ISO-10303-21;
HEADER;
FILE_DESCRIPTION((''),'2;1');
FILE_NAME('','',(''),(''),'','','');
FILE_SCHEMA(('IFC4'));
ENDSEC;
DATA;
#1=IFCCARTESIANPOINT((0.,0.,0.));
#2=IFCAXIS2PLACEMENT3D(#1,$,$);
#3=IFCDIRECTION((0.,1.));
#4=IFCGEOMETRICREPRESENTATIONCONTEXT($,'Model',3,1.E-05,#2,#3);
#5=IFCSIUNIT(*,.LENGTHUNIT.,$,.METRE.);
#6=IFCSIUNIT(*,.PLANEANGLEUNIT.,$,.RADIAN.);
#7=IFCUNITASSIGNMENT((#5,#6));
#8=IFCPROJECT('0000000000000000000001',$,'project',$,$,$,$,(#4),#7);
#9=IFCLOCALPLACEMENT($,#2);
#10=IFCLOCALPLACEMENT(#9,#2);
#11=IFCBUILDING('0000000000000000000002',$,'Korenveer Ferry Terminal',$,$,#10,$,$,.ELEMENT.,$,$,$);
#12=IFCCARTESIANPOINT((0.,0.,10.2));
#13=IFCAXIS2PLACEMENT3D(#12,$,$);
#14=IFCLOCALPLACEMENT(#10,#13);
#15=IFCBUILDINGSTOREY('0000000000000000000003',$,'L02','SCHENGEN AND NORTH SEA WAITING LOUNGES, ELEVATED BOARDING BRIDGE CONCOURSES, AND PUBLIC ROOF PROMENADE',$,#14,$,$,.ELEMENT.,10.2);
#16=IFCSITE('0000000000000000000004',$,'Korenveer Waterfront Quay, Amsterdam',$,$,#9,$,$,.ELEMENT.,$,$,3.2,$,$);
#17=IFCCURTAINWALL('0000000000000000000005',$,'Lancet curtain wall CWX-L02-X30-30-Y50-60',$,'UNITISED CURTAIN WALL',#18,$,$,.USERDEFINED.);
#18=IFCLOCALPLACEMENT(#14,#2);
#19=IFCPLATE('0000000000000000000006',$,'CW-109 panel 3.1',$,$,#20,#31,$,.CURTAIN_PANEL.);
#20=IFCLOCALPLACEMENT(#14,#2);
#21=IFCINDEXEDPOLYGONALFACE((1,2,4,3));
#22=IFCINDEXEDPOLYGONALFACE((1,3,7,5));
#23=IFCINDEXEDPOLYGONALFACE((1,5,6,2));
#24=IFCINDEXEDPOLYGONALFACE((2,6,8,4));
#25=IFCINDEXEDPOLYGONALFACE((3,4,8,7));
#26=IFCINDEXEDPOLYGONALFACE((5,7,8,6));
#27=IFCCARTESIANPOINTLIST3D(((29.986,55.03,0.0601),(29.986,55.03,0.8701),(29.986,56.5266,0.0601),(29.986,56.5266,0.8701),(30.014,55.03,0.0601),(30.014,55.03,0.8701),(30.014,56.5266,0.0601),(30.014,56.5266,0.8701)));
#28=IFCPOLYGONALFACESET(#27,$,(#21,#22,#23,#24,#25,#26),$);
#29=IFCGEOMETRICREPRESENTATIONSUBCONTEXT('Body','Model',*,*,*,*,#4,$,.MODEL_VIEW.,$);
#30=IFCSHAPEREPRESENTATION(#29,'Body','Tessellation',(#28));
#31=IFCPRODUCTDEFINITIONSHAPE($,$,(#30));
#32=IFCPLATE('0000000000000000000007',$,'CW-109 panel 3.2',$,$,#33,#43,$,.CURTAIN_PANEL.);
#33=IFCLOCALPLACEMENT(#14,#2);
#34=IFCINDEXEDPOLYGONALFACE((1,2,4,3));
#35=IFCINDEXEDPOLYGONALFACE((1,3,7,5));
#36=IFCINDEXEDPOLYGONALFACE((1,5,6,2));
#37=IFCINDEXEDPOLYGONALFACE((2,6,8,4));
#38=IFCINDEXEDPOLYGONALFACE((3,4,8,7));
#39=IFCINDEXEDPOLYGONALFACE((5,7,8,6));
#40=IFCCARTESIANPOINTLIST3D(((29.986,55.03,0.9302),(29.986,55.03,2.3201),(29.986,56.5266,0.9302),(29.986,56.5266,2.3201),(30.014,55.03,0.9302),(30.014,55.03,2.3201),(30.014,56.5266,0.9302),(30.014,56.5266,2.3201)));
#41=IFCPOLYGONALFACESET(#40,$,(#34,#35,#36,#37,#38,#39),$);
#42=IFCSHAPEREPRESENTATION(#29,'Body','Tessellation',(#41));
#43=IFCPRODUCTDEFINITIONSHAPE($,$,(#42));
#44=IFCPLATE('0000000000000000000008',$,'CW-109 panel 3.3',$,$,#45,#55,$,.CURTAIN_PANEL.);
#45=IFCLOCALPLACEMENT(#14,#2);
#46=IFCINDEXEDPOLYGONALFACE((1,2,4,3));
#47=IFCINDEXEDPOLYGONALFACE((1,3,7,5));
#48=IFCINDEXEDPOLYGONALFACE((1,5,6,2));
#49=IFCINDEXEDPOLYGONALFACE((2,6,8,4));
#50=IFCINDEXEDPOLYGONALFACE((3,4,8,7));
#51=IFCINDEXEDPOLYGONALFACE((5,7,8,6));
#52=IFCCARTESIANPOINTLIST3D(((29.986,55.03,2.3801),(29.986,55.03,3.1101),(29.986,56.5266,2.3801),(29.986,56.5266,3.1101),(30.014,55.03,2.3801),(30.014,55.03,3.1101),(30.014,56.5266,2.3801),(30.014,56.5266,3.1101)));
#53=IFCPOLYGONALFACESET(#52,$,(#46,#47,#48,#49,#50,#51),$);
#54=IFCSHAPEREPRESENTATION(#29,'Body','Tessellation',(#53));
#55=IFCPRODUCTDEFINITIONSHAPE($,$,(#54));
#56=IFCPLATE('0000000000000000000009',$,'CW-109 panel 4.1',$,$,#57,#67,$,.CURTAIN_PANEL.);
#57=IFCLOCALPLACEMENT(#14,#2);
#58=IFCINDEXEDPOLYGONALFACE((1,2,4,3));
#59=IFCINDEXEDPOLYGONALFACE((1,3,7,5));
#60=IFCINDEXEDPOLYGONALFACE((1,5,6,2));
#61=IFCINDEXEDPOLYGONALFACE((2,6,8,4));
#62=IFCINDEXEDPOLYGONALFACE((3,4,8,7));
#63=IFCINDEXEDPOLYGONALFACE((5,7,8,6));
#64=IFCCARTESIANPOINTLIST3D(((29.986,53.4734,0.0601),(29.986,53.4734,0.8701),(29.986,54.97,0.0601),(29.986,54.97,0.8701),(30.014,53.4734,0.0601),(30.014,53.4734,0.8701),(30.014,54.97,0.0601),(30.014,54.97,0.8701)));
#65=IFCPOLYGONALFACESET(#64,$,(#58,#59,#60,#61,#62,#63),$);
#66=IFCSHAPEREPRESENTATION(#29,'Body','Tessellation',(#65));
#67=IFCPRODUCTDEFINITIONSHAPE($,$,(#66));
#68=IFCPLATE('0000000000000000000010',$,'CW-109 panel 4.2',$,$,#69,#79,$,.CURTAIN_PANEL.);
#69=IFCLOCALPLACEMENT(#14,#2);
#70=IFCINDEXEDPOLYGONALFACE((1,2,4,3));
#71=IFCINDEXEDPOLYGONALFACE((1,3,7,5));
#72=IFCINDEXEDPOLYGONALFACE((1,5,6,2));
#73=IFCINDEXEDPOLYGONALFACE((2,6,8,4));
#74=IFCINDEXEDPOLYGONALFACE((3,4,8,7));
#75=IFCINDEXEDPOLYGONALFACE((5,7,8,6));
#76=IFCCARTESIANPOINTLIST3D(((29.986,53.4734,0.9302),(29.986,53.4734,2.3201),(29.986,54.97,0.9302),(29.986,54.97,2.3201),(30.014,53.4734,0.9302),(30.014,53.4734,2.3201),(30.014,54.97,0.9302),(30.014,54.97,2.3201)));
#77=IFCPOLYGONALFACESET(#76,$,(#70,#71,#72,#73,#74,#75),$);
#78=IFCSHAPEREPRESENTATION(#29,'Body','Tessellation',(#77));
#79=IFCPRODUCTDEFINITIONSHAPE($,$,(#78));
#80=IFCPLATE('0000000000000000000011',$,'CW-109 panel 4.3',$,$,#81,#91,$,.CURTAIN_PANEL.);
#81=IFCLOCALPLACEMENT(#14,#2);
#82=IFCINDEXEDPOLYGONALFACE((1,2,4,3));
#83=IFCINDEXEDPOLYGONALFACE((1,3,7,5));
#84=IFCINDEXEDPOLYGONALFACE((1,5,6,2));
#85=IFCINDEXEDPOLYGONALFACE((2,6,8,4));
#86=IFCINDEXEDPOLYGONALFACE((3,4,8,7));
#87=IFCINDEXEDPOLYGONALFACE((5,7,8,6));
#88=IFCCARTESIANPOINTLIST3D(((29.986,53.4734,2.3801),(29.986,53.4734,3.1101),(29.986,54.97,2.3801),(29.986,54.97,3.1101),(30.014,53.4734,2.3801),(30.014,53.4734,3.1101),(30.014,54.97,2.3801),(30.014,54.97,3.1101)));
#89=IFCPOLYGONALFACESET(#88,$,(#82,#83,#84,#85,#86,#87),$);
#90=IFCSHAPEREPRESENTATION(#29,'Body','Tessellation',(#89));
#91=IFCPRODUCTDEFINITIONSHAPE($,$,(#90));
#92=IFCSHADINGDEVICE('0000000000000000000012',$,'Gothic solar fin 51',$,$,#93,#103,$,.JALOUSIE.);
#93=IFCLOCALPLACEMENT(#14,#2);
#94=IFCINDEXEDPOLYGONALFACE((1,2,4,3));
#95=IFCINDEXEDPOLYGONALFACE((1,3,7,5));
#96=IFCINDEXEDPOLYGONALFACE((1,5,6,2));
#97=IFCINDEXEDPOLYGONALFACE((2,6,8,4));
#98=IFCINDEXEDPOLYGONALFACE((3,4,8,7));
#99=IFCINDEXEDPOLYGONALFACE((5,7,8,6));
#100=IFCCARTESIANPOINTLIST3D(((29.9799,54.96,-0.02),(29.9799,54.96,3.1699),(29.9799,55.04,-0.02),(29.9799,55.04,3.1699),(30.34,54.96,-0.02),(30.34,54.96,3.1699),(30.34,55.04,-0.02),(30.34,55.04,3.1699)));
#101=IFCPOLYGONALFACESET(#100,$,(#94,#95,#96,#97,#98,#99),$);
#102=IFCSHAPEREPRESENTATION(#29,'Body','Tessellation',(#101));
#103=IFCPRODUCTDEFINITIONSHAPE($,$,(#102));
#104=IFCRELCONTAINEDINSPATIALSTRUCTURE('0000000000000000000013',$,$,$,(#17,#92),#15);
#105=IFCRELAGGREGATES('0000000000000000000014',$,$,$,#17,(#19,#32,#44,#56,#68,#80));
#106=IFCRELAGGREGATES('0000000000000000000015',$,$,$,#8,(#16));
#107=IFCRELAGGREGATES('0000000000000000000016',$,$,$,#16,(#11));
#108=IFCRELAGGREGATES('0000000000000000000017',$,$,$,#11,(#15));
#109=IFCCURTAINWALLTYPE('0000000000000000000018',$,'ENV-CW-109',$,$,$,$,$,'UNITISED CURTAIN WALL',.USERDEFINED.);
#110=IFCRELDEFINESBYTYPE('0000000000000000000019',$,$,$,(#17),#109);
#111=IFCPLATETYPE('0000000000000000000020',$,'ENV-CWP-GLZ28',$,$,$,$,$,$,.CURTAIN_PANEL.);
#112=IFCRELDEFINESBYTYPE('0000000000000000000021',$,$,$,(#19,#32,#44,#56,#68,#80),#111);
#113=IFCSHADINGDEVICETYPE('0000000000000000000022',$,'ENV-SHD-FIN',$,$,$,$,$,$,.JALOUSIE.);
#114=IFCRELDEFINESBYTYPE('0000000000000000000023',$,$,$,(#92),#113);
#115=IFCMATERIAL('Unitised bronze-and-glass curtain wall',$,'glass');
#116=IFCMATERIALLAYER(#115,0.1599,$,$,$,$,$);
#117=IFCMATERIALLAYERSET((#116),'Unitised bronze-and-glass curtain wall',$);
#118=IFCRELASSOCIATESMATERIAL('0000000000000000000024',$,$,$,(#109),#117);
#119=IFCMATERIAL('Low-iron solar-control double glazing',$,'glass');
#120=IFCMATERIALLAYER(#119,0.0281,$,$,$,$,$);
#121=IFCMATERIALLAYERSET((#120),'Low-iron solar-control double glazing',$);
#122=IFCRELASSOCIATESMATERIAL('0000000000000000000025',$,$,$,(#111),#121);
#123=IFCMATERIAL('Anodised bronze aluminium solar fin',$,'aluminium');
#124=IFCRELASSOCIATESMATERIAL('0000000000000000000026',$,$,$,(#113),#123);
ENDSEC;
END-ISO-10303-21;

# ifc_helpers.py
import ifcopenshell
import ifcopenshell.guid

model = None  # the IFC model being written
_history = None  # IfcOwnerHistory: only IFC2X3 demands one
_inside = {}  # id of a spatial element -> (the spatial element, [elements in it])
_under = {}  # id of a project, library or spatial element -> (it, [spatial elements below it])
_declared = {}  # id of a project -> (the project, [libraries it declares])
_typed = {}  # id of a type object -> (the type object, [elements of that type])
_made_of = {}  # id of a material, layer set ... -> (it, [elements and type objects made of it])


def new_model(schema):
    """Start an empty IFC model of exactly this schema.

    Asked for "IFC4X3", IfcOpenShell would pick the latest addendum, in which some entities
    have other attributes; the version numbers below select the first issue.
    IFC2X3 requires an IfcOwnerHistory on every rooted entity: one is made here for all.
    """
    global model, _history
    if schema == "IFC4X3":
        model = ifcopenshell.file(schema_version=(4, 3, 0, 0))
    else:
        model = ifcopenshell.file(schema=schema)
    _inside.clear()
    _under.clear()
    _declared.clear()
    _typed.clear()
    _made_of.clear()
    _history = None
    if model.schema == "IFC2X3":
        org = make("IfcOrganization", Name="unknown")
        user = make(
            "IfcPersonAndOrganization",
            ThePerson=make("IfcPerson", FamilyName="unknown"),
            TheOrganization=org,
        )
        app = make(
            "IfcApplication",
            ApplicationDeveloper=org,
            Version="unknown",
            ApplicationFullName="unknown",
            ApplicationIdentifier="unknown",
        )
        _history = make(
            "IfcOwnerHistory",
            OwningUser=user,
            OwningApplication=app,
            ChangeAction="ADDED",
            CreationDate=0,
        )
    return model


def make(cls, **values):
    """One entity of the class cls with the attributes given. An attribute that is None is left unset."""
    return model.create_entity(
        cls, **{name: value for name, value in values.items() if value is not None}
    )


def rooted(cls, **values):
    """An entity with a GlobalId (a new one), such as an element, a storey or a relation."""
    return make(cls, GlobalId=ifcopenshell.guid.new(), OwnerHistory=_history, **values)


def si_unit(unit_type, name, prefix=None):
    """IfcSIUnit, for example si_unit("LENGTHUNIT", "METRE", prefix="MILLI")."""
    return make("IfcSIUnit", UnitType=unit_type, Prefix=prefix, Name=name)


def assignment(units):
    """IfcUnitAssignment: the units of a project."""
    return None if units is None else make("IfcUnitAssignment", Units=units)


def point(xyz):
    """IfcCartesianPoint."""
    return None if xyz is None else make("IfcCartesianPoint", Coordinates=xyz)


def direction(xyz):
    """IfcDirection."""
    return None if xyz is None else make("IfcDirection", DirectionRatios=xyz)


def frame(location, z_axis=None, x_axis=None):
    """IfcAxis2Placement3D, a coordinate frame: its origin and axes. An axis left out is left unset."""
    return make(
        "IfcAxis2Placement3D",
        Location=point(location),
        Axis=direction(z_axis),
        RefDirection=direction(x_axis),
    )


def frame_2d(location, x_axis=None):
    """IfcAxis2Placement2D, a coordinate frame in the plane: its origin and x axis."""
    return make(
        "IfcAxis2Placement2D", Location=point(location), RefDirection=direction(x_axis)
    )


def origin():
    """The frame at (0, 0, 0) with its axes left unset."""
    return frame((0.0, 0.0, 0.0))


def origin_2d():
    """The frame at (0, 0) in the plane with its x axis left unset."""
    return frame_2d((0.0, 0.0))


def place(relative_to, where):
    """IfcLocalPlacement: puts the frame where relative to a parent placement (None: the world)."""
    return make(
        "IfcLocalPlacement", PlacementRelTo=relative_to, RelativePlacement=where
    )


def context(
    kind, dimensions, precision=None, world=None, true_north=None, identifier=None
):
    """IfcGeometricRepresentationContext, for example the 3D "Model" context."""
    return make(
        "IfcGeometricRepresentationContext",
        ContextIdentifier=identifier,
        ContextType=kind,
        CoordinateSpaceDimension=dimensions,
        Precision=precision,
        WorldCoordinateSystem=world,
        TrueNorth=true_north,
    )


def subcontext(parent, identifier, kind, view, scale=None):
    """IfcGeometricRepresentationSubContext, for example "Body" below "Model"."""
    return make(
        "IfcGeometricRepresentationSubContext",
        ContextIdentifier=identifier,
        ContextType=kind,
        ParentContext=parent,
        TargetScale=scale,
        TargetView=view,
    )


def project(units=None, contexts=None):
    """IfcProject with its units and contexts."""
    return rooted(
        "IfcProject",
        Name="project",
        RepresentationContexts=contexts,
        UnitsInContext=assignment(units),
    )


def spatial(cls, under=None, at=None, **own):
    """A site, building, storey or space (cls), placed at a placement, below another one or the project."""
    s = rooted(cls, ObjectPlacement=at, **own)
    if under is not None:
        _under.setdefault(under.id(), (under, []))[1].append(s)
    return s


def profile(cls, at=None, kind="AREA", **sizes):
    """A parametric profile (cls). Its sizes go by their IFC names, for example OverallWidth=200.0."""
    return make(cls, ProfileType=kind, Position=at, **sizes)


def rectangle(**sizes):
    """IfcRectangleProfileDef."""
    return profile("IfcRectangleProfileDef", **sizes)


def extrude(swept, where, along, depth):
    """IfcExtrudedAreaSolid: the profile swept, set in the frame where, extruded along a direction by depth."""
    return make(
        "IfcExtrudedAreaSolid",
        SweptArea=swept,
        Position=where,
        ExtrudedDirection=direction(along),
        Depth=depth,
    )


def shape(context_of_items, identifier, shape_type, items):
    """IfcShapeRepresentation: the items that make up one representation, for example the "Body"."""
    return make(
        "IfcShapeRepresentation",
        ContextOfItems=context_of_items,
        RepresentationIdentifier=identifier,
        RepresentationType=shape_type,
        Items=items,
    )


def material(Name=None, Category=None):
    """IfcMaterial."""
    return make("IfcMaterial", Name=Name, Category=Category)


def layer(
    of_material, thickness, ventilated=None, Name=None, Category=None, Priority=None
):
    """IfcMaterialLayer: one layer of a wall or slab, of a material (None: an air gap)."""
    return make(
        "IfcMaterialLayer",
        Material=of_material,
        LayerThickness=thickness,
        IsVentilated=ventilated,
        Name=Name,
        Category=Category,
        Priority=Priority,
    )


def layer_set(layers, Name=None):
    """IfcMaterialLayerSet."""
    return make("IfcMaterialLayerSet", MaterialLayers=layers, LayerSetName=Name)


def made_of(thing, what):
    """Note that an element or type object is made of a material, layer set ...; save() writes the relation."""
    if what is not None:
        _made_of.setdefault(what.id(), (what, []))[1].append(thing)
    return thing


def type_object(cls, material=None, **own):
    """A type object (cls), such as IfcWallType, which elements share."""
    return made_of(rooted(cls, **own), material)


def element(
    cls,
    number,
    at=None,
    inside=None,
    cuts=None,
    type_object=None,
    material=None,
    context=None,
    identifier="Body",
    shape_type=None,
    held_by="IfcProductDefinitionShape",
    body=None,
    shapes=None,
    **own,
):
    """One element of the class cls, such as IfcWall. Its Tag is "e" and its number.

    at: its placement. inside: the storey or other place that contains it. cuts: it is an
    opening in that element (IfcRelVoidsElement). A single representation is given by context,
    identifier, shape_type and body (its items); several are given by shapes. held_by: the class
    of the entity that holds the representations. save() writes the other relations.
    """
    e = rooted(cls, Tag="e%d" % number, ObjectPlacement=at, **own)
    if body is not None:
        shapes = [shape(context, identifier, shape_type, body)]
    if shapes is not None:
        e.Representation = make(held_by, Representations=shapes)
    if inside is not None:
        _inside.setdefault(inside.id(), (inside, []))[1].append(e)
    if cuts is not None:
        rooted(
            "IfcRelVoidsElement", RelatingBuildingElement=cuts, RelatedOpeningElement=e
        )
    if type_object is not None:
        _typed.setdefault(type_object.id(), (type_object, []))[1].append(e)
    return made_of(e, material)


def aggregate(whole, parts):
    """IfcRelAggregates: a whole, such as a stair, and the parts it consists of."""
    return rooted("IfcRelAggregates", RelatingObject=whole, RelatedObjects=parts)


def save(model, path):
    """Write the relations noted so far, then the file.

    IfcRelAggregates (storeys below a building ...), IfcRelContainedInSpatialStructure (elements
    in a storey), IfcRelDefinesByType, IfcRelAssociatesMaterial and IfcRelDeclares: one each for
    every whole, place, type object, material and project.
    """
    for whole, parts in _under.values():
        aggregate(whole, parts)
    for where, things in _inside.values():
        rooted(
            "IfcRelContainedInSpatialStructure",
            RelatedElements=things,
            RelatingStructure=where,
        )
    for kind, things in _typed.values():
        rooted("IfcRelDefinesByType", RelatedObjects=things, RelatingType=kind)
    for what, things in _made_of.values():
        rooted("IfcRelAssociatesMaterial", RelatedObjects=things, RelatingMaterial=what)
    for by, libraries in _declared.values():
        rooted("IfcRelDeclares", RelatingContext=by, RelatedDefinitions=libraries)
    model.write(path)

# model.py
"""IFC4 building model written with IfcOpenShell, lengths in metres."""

from ifc_helpers import new_model, si_unit, direction, frame, origin, origin_2d, place, context, subcontext, project, spatial, rectangle, extrude, material, layer, layer_set, type_object, element, aggregate, save


model = new_model("IFC4")

# Units and contexts
model_context = context("Model", 3, precision=1e-05, world=origin(), true_north=direction((0.0, 1.0)))
body_context = subcontext(model_context, "Body", "Model", "MODEL_VIEW")
ifc_project = project(units=[si_unit("LENGTHUNIT", "METRE"), si_unit("PLANEANGLEUNIT", "RADIAN")], contexts=[model_context])

# Site, building, storey
site_placement = place(None, origin())
site = spatial("IfcSite", under=ifc_project, at=site_placement, Name="Korenveer Waterfront Quay, Amsterdam", CompositionType="ELEMENT", RefElevation=3.2)
building_placement = place(site_placement, origin())
building = spatial("IfcBuilding", under=site, at=building_placement, Name="Korenveer Ferry Terminal", CompositionType="ELEMENT")
storey_placement = place(building_placement, frame((0.0, 0.0, 10.2)))
storey = spatial("IfcBuildingStorey", under=building, at=storey_placement, Name="L02", Description="SCHENGEN AND NORTH SEA WAITING LOUNGES, ELEVATED BOARDING BRIDGE CONCOURSES, AND PUBLIC ROOF PROMENADE", CompositionType="ELEMENT", Elevation=10.2)

# Curtain wall, plates
ifc_material_1 = material(Name="Unitised bronze-and-glass curtain wall", Category="glass")
ifc_layer_1 = layer(ifc_material_1, 0.1599)
ifc_layer_set_1 = layer_set([ifc_layer_1], Name="Unitised bronze-and-glass curtain wall")
curtain_wall_type = type_object("IfcCurtainWallType", Name="ENV-CW-109", ElementType="UNITISED CURTAIN WALL", PredefinedType="USERDEFINED", material=ifc_layer_set_1)
curtain_wall_placement = place(storey_placement, frame((30.0, 59.6699, 0.0)))
curtain_wall = element("IfcCurtainWall", 1, at=curtain_wall_placement, inside=storey, type_object=curtain_wall_type, Name="Lancet curtain wall CWX-L02-X30-30-Y50-60", ObjectType="UNITISED CURTAIN WALL", PredefinedType="USERDEFINED")
ifc_material_2 = material(Name="Low-iron solar-control double glazing", Category="glass")
ifc_layer_2 = layer(ifc_material_2, 0.0281)
ifc_layer_set_2 = layer_set([ifc_layer_2], Name="Low-iron solar-control double glazing")
plate_type = type_object("IfcPlateType", Name="ENV-CWP-GLZ28", PredefinedType="CURTAIN_PANEL", material=ifc_layer_set_2)
plate_1_placement = place(storey_placement, frame((30.0, 55.7783, 0.0601), z_axis=(0.0, 0.0, 1.0), x_axis=(0.0, -1.0, 0.0)))
plate_1 = element("IfcPlate", 2, at=plate_1_placement, type_object=plate_type, Name="CW-109 panel 3.1", PredefinedType="CURTAIN_PANEL", context=body_context, shape_type="SweptSolid", body=[
    extrude(rectangle(XDim=1.4966, YDim=0.0281, at=origin_2d()), origin(), (0.0, 0.0, 1.0), 0.8101),
])
plate_2_placement = place(storey_placement, frame((30.0, 55.7783, 0.9302), z_axis=(0.0, 0.0, 1.0), x_axis=(0.0, -1.0, 0.0)))
plate_2 = element("IfcPlate", 3, at=plate_2_placement, type_object=plate_type, Name="CW-109 panel 3.2", PredefinedType="CURTAIN_PANEL", context=body_context, shape_type="SweptSolid", body=[
    extrude(rectangle(XDim=1.4966, YDim=0.0281, at=origin_2d()), origin(), (0.0, 0.0, 1.0), 1.3899),
])
plate_3_placement = place(storey_placement, frame((30.0, 55.7783, 2.3801), z_axis=(0.0, 0.0, 1.0), x_axis=(0.0, -1.0, 0.0)))
plate_3 = element("IfcPlate", 4, at=plate_3_placement, type_object=plate_type, Name="CW-109 panel 3.3", PredefinedType="CURTAIN_PANEL", context=body_context, shape_type="SweptSolid", body=[
    extrude(rectangle(XDim=1.4966, YDim=0.0281, at=origin_2d()), origin(), (0.0, 0.0, 1.0), 0.73),
])
plate_4_placement = place(storey_placement, frame((30.0, 54.2217, 0.0601), z_axis=(0.0, 0.0, 1.0), x_axis=(0.0, -1.0, 0.0)))
plate_4 = element("IfcPlate", 5, at=plate_4_placement, type_object=plate_type, Name="CW-109 panel 4.1", PredefinedType="CURTAIN_PANEL", context=body_context, shape_type="SweptSolid", body=[
    extrude(rectangle(XDim=1.4966, YDim=0.0281, at=origin_2d()), origin(), (0.0, 0.0, 1.0), 0.8101),
])
plate_5_placement = place(storey_placement, frame((30.0, 54.2217, 0.9302), z_axis=(0.0, 0.0, 1.0), x_axis=(0.0, -1.0, 0.0)))
plate_5 = element("IfcPlate", 6, at=plate_5_placement, type_object=plate_type, Name="CW-109 panel 4.2", PredefinedType="CURTAIN_PANEL", context=body_context, shape_type="SweptSolid", body=[
    extrude(rectangle(XDim=1.4966, YDim=0.0281, at=origin_2d()), origin(), (0.0, 0.0, 1.0), 1.3899),
])
plate_6_placement = place(storey_placement, frame((30.0, 54.2217, 2.3801), z_axis=(0.0, 0.0, 1.0), x_axis=(0.0, -1.0, 0.0)))
plate_6 = element("IfcPlate", 7, at=plate_6_placement, type_object=plate_type, Name="CW-109 panel 4.3", PredefinedType="CURTAIN_PANEL", context=body_context, shape_type="SweptSolid", body=[
    extrude(rectangle(XDim=1.4966, YDim=0.0281, at=origin_2d()), origin(), (0.0, 0.0, 1.0), 0.73),
])
aggregate(curtain_wall, [plate_1, plate_2, plate_3, plate_4, plate_5, plate_6])

# Shading device
ifc_material_3 = material(Name="Anodised bronze aluminium solar fin", Category="aluminium")
shading_device_type = type_object("IfcShadingDeviceType", Name="ENV-SHD-FIN", PredefinedType="JALOUSIE", material=ifc_material_3)
shading_device_placement = place(storey_placement, frame((30.1599, 55.0, -0.02), z_axis=(0.0, 0.0, 1.0), x_axis=(1.0, 0.0, 0.0)))
element("IfcShadingDevice", 8, at=shading_device_placement, inside=storey, type_object=shading_device_type, Name="Gothic solar fin 51", PredefinedType="JALOUSIE", context=body_context, shape_type="SweptSolid", body=[
    extrude(rectangle(XDim=0.3601, YDim=0.0801, at=origin_2d()), origin(), (0.0, 0.0, 1.0), 3.1899),
])

save(model, "model.ifc")
